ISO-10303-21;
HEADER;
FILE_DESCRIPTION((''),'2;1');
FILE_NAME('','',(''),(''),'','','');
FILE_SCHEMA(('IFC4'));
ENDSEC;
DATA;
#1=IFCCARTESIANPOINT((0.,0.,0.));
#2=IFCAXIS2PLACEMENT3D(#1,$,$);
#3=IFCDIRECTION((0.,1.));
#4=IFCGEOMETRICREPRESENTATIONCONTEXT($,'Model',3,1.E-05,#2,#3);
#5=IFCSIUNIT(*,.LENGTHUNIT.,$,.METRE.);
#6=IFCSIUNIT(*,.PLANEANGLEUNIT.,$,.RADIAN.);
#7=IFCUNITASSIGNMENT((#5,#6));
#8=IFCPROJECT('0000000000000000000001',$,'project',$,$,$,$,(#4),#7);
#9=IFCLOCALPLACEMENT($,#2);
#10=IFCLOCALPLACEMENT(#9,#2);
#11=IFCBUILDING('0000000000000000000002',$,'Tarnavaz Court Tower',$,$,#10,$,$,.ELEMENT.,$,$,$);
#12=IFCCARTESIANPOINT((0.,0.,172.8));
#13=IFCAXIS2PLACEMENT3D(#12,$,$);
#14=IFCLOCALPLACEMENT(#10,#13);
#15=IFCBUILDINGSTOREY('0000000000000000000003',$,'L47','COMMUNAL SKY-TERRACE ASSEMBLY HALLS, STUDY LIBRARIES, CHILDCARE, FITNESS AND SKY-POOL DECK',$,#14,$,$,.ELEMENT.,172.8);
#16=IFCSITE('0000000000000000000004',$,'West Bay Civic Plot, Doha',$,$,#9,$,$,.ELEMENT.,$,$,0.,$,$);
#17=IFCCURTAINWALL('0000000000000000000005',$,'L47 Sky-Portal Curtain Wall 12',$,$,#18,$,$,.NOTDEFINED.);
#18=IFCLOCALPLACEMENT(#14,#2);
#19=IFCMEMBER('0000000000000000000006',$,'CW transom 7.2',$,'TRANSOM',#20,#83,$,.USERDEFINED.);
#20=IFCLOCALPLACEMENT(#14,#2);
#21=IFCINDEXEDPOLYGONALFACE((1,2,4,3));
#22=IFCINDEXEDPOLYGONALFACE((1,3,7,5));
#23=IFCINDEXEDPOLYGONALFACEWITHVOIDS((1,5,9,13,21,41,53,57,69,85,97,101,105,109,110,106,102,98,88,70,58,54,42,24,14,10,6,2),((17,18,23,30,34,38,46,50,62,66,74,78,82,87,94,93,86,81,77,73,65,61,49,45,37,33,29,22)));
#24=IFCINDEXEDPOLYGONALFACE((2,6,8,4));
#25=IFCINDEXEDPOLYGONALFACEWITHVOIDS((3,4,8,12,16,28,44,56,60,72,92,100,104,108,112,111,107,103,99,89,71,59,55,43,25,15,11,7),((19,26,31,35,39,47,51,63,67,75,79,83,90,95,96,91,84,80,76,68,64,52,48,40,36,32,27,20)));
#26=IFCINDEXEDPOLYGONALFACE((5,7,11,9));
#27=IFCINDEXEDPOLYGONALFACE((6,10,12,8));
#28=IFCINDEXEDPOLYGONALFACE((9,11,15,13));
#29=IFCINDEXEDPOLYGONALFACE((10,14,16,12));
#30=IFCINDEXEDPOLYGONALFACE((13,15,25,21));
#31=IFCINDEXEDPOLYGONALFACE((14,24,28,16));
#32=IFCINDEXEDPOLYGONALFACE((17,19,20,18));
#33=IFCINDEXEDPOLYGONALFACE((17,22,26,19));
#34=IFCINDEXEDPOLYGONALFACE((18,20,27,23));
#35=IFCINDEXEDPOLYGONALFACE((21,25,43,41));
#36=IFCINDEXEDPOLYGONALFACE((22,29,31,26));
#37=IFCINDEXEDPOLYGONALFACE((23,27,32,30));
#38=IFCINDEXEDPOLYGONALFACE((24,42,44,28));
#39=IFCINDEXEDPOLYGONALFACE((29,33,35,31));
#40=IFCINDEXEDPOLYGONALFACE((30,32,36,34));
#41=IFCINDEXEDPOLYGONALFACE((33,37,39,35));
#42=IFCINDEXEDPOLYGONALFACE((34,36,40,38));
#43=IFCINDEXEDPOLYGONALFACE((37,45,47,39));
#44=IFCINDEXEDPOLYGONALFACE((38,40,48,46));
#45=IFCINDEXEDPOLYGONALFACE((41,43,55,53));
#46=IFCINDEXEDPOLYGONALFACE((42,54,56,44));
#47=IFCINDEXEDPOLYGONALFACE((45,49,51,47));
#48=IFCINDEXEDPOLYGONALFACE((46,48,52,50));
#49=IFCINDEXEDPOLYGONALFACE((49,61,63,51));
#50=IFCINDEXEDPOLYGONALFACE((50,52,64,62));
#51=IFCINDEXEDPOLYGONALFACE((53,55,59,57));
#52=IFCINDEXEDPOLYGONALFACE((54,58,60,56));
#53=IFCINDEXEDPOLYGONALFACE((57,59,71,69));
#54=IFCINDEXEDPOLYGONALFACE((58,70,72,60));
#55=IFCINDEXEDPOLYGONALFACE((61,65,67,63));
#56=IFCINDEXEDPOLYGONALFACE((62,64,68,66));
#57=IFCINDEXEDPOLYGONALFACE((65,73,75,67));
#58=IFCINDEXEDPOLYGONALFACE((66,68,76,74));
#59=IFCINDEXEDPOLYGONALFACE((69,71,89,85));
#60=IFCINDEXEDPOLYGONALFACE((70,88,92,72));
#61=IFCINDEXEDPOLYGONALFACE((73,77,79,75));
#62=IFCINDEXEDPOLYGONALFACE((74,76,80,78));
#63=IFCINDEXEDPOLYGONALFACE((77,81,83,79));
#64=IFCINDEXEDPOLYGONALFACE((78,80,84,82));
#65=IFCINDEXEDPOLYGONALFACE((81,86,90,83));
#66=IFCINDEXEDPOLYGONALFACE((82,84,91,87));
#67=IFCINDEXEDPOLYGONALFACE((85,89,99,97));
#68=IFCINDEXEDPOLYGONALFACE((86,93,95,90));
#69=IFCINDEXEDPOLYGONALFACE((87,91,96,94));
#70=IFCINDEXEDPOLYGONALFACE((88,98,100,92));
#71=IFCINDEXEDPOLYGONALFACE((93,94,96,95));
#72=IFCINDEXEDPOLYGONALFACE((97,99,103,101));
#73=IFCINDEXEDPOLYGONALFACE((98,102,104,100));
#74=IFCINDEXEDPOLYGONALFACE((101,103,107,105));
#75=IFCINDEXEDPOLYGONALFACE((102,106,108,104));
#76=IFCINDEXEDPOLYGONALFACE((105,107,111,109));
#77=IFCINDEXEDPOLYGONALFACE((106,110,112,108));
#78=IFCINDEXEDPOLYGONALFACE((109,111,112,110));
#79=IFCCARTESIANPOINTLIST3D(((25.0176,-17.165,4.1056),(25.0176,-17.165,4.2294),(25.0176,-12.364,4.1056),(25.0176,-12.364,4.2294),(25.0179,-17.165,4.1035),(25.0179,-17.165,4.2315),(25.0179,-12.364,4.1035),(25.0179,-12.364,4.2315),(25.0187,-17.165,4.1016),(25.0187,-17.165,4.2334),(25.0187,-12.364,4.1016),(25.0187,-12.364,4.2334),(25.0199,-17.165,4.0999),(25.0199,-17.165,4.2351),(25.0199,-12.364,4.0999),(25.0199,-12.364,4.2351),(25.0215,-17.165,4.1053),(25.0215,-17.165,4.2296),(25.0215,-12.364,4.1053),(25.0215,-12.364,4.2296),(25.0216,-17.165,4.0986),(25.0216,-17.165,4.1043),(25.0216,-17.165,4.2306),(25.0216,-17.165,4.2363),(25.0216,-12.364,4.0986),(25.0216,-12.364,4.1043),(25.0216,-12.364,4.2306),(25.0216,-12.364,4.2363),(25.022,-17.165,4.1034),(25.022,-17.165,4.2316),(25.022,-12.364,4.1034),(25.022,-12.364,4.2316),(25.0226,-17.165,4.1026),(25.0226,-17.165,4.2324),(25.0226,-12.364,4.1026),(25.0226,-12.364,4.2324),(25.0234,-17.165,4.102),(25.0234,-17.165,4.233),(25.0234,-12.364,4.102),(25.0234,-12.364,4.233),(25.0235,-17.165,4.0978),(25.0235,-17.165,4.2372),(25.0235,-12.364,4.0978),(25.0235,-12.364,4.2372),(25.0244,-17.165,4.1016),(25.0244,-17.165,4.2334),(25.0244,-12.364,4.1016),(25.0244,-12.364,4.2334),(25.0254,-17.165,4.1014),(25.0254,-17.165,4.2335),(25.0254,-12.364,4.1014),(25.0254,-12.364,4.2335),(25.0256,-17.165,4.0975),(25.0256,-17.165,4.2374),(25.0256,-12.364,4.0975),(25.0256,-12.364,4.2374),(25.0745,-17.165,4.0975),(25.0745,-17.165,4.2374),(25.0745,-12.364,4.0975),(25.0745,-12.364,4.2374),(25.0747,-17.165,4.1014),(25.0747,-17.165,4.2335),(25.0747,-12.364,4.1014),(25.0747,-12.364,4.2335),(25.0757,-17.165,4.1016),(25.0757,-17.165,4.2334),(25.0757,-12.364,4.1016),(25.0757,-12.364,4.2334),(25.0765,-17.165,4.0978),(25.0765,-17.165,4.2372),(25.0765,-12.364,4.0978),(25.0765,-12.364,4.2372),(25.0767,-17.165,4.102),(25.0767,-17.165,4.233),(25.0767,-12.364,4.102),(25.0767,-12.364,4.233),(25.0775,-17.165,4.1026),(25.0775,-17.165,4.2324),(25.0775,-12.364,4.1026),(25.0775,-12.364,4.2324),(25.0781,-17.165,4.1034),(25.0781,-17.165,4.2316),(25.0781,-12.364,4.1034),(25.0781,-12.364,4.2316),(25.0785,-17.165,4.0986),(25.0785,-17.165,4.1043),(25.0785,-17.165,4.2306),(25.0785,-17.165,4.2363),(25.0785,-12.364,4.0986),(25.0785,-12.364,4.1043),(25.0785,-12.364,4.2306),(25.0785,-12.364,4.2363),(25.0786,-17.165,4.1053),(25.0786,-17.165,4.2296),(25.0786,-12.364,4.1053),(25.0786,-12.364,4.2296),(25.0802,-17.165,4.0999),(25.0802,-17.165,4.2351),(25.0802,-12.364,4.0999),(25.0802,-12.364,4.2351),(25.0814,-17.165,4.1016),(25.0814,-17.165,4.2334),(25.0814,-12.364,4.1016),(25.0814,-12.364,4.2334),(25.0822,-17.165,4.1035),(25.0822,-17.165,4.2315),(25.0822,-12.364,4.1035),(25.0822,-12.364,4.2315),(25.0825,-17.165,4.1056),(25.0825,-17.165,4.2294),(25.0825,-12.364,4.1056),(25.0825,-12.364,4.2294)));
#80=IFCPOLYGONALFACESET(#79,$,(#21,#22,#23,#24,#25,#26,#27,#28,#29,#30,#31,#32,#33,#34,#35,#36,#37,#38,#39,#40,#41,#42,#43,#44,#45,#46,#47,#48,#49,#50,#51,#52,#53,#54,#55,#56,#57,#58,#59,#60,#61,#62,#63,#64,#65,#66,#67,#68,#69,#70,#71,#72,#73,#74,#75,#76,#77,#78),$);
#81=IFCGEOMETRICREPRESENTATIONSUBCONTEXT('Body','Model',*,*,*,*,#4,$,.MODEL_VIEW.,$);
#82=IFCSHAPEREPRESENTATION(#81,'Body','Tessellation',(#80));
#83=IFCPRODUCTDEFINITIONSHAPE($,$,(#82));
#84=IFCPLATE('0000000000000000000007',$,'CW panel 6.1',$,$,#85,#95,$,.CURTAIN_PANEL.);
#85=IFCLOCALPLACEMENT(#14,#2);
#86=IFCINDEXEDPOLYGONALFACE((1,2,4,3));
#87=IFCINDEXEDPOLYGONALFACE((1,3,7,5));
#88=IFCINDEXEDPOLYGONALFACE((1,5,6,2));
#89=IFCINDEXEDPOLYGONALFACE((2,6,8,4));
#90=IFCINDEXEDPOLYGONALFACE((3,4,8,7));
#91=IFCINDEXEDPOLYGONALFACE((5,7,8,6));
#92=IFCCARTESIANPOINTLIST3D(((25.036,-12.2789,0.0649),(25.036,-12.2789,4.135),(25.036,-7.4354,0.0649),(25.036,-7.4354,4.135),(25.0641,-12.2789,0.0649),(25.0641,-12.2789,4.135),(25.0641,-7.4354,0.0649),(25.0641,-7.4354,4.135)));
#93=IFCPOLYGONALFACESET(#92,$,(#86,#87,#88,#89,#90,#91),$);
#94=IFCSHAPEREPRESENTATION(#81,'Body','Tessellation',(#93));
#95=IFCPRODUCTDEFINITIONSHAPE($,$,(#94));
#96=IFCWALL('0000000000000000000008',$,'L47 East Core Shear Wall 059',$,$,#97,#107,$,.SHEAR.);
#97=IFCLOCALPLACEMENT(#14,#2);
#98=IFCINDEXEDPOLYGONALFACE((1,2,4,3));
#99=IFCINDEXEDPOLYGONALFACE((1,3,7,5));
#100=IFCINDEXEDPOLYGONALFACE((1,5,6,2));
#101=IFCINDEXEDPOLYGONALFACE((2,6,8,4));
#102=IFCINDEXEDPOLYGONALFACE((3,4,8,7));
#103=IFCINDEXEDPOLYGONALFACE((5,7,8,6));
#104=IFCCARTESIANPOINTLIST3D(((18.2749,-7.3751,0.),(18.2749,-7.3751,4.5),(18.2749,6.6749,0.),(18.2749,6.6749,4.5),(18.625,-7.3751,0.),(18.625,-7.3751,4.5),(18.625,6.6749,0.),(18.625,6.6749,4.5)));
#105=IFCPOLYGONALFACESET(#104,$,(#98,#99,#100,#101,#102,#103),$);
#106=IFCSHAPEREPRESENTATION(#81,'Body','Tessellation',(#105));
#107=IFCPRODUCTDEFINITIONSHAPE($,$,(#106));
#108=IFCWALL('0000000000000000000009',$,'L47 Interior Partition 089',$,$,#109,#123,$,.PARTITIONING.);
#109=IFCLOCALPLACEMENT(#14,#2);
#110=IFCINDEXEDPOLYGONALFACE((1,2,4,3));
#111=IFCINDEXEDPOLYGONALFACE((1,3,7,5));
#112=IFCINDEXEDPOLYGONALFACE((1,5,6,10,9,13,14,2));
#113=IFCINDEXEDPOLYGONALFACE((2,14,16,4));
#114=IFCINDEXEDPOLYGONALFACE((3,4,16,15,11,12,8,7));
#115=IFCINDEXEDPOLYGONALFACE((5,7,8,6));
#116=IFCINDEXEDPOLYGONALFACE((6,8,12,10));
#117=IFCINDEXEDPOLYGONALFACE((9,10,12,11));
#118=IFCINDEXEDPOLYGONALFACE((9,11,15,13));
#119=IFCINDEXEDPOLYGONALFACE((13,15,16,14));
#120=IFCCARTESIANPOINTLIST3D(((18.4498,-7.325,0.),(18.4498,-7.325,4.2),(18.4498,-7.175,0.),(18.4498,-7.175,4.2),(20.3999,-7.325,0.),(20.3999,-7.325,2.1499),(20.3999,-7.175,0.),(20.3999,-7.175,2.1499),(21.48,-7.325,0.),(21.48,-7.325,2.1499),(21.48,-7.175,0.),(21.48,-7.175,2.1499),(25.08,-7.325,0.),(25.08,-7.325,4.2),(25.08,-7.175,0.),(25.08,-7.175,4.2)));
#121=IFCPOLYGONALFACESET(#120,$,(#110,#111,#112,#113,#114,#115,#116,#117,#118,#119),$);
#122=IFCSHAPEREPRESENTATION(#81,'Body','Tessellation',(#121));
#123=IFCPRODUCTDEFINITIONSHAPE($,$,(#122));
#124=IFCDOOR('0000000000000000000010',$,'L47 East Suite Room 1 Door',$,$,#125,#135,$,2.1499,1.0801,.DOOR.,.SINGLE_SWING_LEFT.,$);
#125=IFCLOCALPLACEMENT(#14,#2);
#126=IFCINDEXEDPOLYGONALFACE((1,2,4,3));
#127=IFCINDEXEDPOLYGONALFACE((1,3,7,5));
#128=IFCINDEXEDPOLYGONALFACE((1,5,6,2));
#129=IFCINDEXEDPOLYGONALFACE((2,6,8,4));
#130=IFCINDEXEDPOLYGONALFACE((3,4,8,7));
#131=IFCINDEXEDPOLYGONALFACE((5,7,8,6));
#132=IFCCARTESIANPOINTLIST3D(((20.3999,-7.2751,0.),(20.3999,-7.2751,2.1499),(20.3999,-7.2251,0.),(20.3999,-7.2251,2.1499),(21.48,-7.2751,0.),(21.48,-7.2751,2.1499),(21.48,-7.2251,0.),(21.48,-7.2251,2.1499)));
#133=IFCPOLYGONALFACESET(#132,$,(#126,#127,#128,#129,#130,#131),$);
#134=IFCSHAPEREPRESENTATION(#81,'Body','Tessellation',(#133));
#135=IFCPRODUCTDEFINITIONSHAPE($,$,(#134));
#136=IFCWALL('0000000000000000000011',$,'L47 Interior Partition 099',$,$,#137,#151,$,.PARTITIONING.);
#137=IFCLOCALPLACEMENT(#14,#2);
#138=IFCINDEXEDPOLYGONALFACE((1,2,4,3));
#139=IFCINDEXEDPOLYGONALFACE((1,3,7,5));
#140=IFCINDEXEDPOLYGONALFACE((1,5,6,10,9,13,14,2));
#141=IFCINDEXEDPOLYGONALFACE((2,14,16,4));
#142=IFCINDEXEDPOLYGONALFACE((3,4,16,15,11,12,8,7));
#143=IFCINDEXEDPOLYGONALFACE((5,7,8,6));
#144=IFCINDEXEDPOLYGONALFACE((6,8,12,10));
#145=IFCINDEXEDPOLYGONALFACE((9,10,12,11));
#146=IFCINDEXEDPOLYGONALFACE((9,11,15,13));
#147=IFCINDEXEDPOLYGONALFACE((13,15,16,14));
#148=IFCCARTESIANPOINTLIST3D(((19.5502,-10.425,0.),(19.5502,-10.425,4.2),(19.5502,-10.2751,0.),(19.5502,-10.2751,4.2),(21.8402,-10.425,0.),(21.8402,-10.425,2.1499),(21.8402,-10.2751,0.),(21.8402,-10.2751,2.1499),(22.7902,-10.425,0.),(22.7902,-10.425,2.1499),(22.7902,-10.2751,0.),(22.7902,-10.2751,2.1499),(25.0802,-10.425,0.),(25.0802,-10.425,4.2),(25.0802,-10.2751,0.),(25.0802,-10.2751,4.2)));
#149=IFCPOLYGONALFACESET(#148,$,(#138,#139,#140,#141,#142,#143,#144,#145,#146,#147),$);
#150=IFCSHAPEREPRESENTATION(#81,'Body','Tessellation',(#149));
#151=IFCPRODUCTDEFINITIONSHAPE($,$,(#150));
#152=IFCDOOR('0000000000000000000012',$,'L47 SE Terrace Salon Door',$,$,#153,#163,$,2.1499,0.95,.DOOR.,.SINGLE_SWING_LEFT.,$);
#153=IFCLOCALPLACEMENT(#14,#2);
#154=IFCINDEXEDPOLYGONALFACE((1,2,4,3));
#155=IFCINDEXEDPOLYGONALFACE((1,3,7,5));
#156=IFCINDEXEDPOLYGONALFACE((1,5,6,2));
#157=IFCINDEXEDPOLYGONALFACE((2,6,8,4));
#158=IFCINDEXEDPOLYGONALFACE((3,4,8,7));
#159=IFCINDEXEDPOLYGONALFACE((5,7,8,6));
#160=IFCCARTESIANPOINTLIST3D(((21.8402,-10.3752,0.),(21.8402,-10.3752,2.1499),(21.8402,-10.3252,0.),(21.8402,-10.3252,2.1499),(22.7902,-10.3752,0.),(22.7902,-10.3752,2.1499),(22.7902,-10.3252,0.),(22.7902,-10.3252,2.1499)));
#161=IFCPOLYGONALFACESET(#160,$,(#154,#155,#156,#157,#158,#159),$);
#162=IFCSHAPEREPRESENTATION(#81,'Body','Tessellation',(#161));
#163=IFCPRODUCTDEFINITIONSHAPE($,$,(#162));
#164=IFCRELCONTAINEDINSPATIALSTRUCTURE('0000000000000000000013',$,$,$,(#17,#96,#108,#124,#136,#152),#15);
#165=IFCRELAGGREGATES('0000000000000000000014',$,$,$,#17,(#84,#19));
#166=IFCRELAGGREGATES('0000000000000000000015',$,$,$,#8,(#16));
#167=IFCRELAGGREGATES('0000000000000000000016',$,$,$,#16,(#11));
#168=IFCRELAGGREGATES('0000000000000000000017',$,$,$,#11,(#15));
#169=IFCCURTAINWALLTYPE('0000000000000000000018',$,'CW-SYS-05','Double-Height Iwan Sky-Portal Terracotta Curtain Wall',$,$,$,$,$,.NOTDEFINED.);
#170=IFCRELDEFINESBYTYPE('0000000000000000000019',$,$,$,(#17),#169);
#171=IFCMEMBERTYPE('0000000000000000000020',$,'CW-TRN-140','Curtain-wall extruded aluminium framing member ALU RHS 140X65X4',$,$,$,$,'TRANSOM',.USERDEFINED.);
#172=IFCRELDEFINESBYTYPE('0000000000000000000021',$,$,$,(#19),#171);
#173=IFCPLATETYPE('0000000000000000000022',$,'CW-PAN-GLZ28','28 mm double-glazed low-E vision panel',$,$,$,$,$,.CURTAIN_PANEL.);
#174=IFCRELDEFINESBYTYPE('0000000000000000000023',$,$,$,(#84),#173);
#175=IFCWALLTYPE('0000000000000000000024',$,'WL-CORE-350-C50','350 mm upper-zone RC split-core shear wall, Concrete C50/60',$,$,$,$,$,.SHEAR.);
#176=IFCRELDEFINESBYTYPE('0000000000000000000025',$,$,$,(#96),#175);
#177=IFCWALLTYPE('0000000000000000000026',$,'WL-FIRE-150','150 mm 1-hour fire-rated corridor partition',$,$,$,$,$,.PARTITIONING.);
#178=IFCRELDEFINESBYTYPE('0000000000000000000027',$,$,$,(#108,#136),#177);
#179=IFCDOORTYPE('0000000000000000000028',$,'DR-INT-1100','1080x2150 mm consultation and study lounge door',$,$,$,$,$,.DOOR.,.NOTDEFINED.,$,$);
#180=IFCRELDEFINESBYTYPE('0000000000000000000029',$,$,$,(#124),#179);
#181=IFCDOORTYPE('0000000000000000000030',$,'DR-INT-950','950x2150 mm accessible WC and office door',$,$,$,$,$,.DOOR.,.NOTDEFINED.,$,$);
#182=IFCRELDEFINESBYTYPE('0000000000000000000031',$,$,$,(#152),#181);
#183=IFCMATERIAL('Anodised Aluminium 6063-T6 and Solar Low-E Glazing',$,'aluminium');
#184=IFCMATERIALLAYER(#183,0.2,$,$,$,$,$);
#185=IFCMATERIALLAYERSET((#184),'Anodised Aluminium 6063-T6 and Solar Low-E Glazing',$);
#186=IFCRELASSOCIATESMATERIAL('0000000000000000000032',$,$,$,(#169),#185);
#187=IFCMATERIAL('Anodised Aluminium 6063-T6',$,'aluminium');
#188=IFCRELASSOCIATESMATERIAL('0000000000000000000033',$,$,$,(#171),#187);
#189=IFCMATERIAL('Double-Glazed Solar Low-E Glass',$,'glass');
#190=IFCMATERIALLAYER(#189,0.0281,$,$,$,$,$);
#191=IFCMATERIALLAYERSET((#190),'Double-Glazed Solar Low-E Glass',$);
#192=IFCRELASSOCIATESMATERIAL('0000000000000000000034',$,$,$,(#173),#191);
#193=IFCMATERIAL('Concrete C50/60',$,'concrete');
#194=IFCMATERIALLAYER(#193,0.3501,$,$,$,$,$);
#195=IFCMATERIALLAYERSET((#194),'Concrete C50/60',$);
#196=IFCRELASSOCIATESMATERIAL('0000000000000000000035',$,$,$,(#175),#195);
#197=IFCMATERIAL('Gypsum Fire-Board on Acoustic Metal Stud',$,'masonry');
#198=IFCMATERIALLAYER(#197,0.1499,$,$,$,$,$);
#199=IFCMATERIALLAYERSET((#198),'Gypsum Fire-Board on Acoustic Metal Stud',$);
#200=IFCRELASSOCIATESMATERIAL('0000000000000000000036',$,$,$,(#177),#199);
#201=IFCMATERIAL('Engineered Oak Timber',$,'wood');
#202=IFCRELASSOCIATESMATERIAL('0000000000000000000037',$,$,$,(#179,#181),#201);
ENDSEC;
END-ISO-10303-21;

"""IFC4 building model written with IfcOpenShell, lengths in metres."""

from ifc_helpers import new_model, si_unit, direction, frame, frame_2d, origin, origin_2d, place, context, subcontext, project, spatial, rectangle, hollow_rectangle, extrude, material, layer, layer_set, material_profile, profile_set, type_object, element, fill, aggregate, save


model = new_model("IFC4")

# Units and contexts
model_context = context("Model", 3, precision=1e-05, world=origin(), true_north=direction((0.0, 1.0)))
body_context = subcontext(model_context, "Body", "Model", "MODEL_VIEW")
ifc_project = project(units=[si_unit("LENGTHUNIT", "METRE"), si_unit("PLANEANGLEUNIT", "RADIAN")], contexts=[model_context])

# Site, building, storey
site_placement = place(None, origin())
site = spatial("IfcSite", under=ifc_project, at=site_placement, Name="West Bay Civic Plot, Doha", CompositionType="ELEMENT", RefElevation=0.0)
building_placement = place(site_placement, origin())
building = spatial("IfcBuilding", under=site, at=building_placement, Name="Tarnavaz Court Tower", CompositionType="ELEMENT")
storey_placement = place(building_placement, frame((0.0, 0.0, 172.8)))
storey = spatial("IfcBuildingStorey", under=building, at=storey_placement, Name="L47", Description="COMMUNAL SKY-TERRACE ASSEMBLY HALLS, STUDY LIBRARIES, CHILDCARE, FITNESS AND SKY-POOL DECK", CompositionType="ELEMENT", Elevation=172.8)

# Curtain wall, member, plate
ifc_material_1 = material(Name="Anodised Aluminium 6063-T6 and Solar Low-E Glazing", Category="aluminium")
ifc_layer_1 = layer(ifc_material_1, 0.2)
ifc_layer_set_1 = layer_set([ifc_layer_1], Name="Anodised Aluminium 6063-T6 and Solar Low-E Glazing")
curtain_wall_type = type_object("IfcCurtainWallType", Name="CW-SYS-05", Description="Double-Height Iwan Sky-Portal Terracotta Curtain Wall", PredefinedType="NOTDEFINED", material=ifc_layer_set_1)
curtain_wall_placement = place(storey_placement, origin())
curtain_wall = element("IfcCurtainWall", 1, at=curtain_wall_placement, inside=storey, type_object=curtain_wall_type, Name="L47 Sky-Portal Curtain Wall 12", PredefinedType="NOTDEFINED")
ifc_material_2 = material(Name="Anodised Aluminium 6063-T6", Category="aluminium")
ifc_material_profile_1 = material_profile(ifc_material_2, hollow_rectangle(XDim=0.0649, YDim=0.1399, WallThickness=0.0039, InnerFilletRadius=0.0039, OuterFilletRadius=0.0081, at=origin_2d()), Name="ALU RHS 140X65X4")
ifc_profile_set_1 = profile_set([ifc_material_profile_1], Name="Anodised Aluminium 6063-T6")
member_type_1 = type_object("IfcMemberType", Name="CW-TRN-140", Description="Curtain-wall extruded aluminium framing member ALU RHS 140X65X4", ElementType="TRANSOM", PredefinedType="USERDEFINED", material=ifc_profile_set_1)
member_1_placement = place(storey_placement, frame((25.05, -12.364, 4.1675), z_axis=(0.0, -1.0, 0.0), x_axis=(1.0, 0.0, 0.0)))
member_1 = element("IfcMember", 2, at=member_1_placement, type_object=member_type_1, Name="CW transom 7.2", ObjectType="TRANSOM", PredefinedType="USERDEFINED", context=body_context, shape_type="SweptSolid", body=[
    extrude(hollow_rectangle(XDim=0.0649, YDim=0.1399, WallThickness=0.0039, InnerFilletRadius=0.0039, OuterFilletRadius=0.0081, at=origin_2d()), origin(), (0.0, 0.0, 1.0), 4.801),
])
ifc_material_3 = material(Name="Double-Glazed Solar Low-E Glass", Category="glass")
ifc_layer_2 = layer(ifc_material_3, 0.0281)
ifc_layer_set_2 = layer_set([ifc_layer_2], Name="Double-Glazed Solar Low-E Glass")
plate_type = type_object("IfcPlateType", Name="CW-PAN-GLZ28", Description="28 mm double-glazed low-E vision panel", PredefinedType="CURTAIN_PANEL", material=ifc_layer_set_2)
plate_placement = place(storey_placement, frame((25.05, -9.8572, 0.0649), z_axis=(0.0, 0.0, 1.0), x_axis=(0.0, -1.0, 0.0)))
plate = element("IfcPlate", 3, at=plate_placement, type_object=plate_type, Name="CW panel 6.1", PredefinedType="CURTAIN_PANEL", context=body_context, shape_type="SweptSolid", body=[
    extrude(rectangle(XDim=4.8435, YDim=0.0281, at=origin_2d()), origin(), (0.0, 0.0, 1.0), 4.0701),
])
aggregate(curtain_wall, [plate, member_1])

# Wall
ifc_material_4 = material(Name="Concrete C50/60", Category="concrete")
ifc_layer_3 = layer(ifc_material_4, 0.3501)
ifc_layer_set_3 = layer_set([ifc_layer_3], Name="Concrete C50/60")
wall_type_1 = type_object("IfcWallType", Name="WL-CORE-350-C50", Description="350 mm upper-zone RC split-core shear wall, Concrete C50/60", PredefinedType="SHEAR", material=ifc_layer_set_3)
wall_1_placement = place(storey_placement, frame((18.45, -7.375, 0.0), z_axis=(0.0, 0.0, 1.0), x_axis=(0.0, 1.0, 0.0)))
element("IfcWall", 4, at=wall_1_placement, inside=storey, type_object=wall_type_1, Name="L47 East Core Shear Wall 059", PredefinedType="SHEAR", context=body_context, shape_type="SweptSolid", body=[
    extrude(rectangle(XDim=14.05, YDim=0.3501, at=frame_2d((7.0249, 0.0))), origin(), (0.0, 0.0, 1.0), 4.5),
])

# Walls, openings, doors
ifc_material_5 = material(Name="Gypsum Fire-Board on Acoustic Metal Stud", Category="masonry")
ifc_layer_4 = layer(ifc_material_5, 0.1499)
ifc_layer_set_4 = layer_set([ifc_layer_4], Name="Gypsum Fire-Board on Acoustic Metal Stud")
wall_type_2 = type_object("IfcWallType", Name="WL-FIRE-150", Description="150 mm 1-hour fire-rated corridor partition", PredefinedType="PARTITIONING", material=ifc_layer_set_4)
wall_2_placement = place(storey_placement, frame((18.45, -7.25, 0.0), z_axis=(0.0, 0.0, 1.0), x_axis=(1.0, 0.0, 0.0)))
wall_2 = element("IfcWall", 5, at=wall_2_placement, inside=storey, type_object=wall_type_2, Name="L47 Interior Partition 089", PredefinedType="PARTITIONING", context=body_context, shape_type="SweptSolid", body=[
    extrude(rectangle(XDim=6.6301, YDim=0.1499, at=frame_2d((3.3149, 0.0))), origin(), (0.0, 0.0, 1.0), 4.2),
])
opening_1_placement = place(wall_2_placement, frame((1.95, 0.0, 0.0)))
opening_1 = element("IfcOpeningElement", 6, at=opening_1_placement, cuts=wall_2, PredefinedType="OPENING", context=body_context, shape_type="SweptSolid", body=[
    extrude(rectangle(XDim=1.0801, YDim=2.1499, at=frame_2d((0.54, 1.075))), frame((0.0, 0.085, 0.0), z_axis=(0.0, -1.0, 0.0), x_axis=(1.0, 0.0, 0.0)), (0.0, 0.0, 1.0), 0.1699),
])
ifc_material_6 = material(Name="Engineered Oak Timber", Category="wood")
door_type_1 = type_object("IfcDoorType", Name="DR-INT-1100", Description="1080x2150 mm consultation and study lounge door", OperationType="NOTDEFINED", PredefinedType="DOOR", material=ifc_material_6)
door_1_placement = place(opening_1_placement, origin())
door_1 = element("IfcDoor", 7, at=door_1_placement, inside=storey, type_object=door_type_1, Name="L47 East Suite Room 1 Door", OperationType="SINGLE_SWING_LEFT", OverallHeight=2.1499, OverallWidth=1.0801, PredefinedType="DOOR", context=body_context, shape_type="SweptSolid", body=[
    extrude(rectangle(XDim=1.0801, YDim=2.1499, at=frame_2d((0.54, 1.075))), frame((0.0, 0.0249, 0.0), z_axis=(0.0, -1.0, 0.0), x_axis=(1.0, 0.0, 0.0)), (0.0, 0.0, 1.0), 0.05),
])
fill(opening_1, door_1)
wall_3_placement = place(storey_placement, frame((19.55, -10.3501, 0.0), z_axis=(0.0, 0.0, 1.0), x_axis=(1.0, 0.0, 0.0)))
wall_3 = element("IfcWall", 8, at=wall_3_placement, inside=storey, type_object=wall_type_2, Name="L47 Interior Partition 099", PredefinedType="PARTITIONING", context=body_context, shape_type="SweptSolid", body=[
    extrude(rectangle(XDim=5.53, YDim=0.1499, at=frame_2d((2.7651, 0.0))), origin(), (0.0, 0.0, 1.0), 4.2),
])
opening_2_placement = place(wall_3_placement, frame((2.29, 0.0, 0.0)))
opening_2 = element("IfcOpeningElement", 9, at=opening_2_placement, cuts=wall_3, PredefinedType="OPENING", context=body_context, shape_type="SweptSolid", body=[
    extrude(rectangle(XDim=0.95, YDim=2.1499, at=frame_2d((0.4751, 1.075))), frame((0.0, 0.085, 0.0), z_axis=(0.0, -1.0, 0.0), x_axis=(1.0, 0.0, 0.0)), (0.0, 0.0, 1.0), 0.1699),
])
door_type_2 = type_object("IfcDoorType", Name="DR-INT-950", Description="950x2150 mm accessible WC and office door", OperationType="NOTDEFINED", PredefinedType="DOOR", material=ifc_material_6)
door_2_placement = place(opening_2_placement, origin())
door_2 = element("IfcDoor", 10, at=door_2_placement, inside=storey, type_object=door_type_2, Name="L47 SE Terrace Salon Door", OperationType="SINGLE_SWING_LEFT", OverallHeight=2.1499, OverallWidth=0.95, PredefinedType="DOOR", context=body_context, shape_type="SweptSolid", body=[
    extrude(rectangle(XDim=0.95, YDim=2.1499, at=frame_2d((0.4751, 1.075))), frame((0.0, 0.0249, 0.0), z_axis=(0.0, -1.0, 0.0), x_axis=(1.0, 0.0, 0.0)), (0.0, 0.0, 1.0), 0.05),
])
fill(opening_2, door_2)

save(model, "model.ifc")
